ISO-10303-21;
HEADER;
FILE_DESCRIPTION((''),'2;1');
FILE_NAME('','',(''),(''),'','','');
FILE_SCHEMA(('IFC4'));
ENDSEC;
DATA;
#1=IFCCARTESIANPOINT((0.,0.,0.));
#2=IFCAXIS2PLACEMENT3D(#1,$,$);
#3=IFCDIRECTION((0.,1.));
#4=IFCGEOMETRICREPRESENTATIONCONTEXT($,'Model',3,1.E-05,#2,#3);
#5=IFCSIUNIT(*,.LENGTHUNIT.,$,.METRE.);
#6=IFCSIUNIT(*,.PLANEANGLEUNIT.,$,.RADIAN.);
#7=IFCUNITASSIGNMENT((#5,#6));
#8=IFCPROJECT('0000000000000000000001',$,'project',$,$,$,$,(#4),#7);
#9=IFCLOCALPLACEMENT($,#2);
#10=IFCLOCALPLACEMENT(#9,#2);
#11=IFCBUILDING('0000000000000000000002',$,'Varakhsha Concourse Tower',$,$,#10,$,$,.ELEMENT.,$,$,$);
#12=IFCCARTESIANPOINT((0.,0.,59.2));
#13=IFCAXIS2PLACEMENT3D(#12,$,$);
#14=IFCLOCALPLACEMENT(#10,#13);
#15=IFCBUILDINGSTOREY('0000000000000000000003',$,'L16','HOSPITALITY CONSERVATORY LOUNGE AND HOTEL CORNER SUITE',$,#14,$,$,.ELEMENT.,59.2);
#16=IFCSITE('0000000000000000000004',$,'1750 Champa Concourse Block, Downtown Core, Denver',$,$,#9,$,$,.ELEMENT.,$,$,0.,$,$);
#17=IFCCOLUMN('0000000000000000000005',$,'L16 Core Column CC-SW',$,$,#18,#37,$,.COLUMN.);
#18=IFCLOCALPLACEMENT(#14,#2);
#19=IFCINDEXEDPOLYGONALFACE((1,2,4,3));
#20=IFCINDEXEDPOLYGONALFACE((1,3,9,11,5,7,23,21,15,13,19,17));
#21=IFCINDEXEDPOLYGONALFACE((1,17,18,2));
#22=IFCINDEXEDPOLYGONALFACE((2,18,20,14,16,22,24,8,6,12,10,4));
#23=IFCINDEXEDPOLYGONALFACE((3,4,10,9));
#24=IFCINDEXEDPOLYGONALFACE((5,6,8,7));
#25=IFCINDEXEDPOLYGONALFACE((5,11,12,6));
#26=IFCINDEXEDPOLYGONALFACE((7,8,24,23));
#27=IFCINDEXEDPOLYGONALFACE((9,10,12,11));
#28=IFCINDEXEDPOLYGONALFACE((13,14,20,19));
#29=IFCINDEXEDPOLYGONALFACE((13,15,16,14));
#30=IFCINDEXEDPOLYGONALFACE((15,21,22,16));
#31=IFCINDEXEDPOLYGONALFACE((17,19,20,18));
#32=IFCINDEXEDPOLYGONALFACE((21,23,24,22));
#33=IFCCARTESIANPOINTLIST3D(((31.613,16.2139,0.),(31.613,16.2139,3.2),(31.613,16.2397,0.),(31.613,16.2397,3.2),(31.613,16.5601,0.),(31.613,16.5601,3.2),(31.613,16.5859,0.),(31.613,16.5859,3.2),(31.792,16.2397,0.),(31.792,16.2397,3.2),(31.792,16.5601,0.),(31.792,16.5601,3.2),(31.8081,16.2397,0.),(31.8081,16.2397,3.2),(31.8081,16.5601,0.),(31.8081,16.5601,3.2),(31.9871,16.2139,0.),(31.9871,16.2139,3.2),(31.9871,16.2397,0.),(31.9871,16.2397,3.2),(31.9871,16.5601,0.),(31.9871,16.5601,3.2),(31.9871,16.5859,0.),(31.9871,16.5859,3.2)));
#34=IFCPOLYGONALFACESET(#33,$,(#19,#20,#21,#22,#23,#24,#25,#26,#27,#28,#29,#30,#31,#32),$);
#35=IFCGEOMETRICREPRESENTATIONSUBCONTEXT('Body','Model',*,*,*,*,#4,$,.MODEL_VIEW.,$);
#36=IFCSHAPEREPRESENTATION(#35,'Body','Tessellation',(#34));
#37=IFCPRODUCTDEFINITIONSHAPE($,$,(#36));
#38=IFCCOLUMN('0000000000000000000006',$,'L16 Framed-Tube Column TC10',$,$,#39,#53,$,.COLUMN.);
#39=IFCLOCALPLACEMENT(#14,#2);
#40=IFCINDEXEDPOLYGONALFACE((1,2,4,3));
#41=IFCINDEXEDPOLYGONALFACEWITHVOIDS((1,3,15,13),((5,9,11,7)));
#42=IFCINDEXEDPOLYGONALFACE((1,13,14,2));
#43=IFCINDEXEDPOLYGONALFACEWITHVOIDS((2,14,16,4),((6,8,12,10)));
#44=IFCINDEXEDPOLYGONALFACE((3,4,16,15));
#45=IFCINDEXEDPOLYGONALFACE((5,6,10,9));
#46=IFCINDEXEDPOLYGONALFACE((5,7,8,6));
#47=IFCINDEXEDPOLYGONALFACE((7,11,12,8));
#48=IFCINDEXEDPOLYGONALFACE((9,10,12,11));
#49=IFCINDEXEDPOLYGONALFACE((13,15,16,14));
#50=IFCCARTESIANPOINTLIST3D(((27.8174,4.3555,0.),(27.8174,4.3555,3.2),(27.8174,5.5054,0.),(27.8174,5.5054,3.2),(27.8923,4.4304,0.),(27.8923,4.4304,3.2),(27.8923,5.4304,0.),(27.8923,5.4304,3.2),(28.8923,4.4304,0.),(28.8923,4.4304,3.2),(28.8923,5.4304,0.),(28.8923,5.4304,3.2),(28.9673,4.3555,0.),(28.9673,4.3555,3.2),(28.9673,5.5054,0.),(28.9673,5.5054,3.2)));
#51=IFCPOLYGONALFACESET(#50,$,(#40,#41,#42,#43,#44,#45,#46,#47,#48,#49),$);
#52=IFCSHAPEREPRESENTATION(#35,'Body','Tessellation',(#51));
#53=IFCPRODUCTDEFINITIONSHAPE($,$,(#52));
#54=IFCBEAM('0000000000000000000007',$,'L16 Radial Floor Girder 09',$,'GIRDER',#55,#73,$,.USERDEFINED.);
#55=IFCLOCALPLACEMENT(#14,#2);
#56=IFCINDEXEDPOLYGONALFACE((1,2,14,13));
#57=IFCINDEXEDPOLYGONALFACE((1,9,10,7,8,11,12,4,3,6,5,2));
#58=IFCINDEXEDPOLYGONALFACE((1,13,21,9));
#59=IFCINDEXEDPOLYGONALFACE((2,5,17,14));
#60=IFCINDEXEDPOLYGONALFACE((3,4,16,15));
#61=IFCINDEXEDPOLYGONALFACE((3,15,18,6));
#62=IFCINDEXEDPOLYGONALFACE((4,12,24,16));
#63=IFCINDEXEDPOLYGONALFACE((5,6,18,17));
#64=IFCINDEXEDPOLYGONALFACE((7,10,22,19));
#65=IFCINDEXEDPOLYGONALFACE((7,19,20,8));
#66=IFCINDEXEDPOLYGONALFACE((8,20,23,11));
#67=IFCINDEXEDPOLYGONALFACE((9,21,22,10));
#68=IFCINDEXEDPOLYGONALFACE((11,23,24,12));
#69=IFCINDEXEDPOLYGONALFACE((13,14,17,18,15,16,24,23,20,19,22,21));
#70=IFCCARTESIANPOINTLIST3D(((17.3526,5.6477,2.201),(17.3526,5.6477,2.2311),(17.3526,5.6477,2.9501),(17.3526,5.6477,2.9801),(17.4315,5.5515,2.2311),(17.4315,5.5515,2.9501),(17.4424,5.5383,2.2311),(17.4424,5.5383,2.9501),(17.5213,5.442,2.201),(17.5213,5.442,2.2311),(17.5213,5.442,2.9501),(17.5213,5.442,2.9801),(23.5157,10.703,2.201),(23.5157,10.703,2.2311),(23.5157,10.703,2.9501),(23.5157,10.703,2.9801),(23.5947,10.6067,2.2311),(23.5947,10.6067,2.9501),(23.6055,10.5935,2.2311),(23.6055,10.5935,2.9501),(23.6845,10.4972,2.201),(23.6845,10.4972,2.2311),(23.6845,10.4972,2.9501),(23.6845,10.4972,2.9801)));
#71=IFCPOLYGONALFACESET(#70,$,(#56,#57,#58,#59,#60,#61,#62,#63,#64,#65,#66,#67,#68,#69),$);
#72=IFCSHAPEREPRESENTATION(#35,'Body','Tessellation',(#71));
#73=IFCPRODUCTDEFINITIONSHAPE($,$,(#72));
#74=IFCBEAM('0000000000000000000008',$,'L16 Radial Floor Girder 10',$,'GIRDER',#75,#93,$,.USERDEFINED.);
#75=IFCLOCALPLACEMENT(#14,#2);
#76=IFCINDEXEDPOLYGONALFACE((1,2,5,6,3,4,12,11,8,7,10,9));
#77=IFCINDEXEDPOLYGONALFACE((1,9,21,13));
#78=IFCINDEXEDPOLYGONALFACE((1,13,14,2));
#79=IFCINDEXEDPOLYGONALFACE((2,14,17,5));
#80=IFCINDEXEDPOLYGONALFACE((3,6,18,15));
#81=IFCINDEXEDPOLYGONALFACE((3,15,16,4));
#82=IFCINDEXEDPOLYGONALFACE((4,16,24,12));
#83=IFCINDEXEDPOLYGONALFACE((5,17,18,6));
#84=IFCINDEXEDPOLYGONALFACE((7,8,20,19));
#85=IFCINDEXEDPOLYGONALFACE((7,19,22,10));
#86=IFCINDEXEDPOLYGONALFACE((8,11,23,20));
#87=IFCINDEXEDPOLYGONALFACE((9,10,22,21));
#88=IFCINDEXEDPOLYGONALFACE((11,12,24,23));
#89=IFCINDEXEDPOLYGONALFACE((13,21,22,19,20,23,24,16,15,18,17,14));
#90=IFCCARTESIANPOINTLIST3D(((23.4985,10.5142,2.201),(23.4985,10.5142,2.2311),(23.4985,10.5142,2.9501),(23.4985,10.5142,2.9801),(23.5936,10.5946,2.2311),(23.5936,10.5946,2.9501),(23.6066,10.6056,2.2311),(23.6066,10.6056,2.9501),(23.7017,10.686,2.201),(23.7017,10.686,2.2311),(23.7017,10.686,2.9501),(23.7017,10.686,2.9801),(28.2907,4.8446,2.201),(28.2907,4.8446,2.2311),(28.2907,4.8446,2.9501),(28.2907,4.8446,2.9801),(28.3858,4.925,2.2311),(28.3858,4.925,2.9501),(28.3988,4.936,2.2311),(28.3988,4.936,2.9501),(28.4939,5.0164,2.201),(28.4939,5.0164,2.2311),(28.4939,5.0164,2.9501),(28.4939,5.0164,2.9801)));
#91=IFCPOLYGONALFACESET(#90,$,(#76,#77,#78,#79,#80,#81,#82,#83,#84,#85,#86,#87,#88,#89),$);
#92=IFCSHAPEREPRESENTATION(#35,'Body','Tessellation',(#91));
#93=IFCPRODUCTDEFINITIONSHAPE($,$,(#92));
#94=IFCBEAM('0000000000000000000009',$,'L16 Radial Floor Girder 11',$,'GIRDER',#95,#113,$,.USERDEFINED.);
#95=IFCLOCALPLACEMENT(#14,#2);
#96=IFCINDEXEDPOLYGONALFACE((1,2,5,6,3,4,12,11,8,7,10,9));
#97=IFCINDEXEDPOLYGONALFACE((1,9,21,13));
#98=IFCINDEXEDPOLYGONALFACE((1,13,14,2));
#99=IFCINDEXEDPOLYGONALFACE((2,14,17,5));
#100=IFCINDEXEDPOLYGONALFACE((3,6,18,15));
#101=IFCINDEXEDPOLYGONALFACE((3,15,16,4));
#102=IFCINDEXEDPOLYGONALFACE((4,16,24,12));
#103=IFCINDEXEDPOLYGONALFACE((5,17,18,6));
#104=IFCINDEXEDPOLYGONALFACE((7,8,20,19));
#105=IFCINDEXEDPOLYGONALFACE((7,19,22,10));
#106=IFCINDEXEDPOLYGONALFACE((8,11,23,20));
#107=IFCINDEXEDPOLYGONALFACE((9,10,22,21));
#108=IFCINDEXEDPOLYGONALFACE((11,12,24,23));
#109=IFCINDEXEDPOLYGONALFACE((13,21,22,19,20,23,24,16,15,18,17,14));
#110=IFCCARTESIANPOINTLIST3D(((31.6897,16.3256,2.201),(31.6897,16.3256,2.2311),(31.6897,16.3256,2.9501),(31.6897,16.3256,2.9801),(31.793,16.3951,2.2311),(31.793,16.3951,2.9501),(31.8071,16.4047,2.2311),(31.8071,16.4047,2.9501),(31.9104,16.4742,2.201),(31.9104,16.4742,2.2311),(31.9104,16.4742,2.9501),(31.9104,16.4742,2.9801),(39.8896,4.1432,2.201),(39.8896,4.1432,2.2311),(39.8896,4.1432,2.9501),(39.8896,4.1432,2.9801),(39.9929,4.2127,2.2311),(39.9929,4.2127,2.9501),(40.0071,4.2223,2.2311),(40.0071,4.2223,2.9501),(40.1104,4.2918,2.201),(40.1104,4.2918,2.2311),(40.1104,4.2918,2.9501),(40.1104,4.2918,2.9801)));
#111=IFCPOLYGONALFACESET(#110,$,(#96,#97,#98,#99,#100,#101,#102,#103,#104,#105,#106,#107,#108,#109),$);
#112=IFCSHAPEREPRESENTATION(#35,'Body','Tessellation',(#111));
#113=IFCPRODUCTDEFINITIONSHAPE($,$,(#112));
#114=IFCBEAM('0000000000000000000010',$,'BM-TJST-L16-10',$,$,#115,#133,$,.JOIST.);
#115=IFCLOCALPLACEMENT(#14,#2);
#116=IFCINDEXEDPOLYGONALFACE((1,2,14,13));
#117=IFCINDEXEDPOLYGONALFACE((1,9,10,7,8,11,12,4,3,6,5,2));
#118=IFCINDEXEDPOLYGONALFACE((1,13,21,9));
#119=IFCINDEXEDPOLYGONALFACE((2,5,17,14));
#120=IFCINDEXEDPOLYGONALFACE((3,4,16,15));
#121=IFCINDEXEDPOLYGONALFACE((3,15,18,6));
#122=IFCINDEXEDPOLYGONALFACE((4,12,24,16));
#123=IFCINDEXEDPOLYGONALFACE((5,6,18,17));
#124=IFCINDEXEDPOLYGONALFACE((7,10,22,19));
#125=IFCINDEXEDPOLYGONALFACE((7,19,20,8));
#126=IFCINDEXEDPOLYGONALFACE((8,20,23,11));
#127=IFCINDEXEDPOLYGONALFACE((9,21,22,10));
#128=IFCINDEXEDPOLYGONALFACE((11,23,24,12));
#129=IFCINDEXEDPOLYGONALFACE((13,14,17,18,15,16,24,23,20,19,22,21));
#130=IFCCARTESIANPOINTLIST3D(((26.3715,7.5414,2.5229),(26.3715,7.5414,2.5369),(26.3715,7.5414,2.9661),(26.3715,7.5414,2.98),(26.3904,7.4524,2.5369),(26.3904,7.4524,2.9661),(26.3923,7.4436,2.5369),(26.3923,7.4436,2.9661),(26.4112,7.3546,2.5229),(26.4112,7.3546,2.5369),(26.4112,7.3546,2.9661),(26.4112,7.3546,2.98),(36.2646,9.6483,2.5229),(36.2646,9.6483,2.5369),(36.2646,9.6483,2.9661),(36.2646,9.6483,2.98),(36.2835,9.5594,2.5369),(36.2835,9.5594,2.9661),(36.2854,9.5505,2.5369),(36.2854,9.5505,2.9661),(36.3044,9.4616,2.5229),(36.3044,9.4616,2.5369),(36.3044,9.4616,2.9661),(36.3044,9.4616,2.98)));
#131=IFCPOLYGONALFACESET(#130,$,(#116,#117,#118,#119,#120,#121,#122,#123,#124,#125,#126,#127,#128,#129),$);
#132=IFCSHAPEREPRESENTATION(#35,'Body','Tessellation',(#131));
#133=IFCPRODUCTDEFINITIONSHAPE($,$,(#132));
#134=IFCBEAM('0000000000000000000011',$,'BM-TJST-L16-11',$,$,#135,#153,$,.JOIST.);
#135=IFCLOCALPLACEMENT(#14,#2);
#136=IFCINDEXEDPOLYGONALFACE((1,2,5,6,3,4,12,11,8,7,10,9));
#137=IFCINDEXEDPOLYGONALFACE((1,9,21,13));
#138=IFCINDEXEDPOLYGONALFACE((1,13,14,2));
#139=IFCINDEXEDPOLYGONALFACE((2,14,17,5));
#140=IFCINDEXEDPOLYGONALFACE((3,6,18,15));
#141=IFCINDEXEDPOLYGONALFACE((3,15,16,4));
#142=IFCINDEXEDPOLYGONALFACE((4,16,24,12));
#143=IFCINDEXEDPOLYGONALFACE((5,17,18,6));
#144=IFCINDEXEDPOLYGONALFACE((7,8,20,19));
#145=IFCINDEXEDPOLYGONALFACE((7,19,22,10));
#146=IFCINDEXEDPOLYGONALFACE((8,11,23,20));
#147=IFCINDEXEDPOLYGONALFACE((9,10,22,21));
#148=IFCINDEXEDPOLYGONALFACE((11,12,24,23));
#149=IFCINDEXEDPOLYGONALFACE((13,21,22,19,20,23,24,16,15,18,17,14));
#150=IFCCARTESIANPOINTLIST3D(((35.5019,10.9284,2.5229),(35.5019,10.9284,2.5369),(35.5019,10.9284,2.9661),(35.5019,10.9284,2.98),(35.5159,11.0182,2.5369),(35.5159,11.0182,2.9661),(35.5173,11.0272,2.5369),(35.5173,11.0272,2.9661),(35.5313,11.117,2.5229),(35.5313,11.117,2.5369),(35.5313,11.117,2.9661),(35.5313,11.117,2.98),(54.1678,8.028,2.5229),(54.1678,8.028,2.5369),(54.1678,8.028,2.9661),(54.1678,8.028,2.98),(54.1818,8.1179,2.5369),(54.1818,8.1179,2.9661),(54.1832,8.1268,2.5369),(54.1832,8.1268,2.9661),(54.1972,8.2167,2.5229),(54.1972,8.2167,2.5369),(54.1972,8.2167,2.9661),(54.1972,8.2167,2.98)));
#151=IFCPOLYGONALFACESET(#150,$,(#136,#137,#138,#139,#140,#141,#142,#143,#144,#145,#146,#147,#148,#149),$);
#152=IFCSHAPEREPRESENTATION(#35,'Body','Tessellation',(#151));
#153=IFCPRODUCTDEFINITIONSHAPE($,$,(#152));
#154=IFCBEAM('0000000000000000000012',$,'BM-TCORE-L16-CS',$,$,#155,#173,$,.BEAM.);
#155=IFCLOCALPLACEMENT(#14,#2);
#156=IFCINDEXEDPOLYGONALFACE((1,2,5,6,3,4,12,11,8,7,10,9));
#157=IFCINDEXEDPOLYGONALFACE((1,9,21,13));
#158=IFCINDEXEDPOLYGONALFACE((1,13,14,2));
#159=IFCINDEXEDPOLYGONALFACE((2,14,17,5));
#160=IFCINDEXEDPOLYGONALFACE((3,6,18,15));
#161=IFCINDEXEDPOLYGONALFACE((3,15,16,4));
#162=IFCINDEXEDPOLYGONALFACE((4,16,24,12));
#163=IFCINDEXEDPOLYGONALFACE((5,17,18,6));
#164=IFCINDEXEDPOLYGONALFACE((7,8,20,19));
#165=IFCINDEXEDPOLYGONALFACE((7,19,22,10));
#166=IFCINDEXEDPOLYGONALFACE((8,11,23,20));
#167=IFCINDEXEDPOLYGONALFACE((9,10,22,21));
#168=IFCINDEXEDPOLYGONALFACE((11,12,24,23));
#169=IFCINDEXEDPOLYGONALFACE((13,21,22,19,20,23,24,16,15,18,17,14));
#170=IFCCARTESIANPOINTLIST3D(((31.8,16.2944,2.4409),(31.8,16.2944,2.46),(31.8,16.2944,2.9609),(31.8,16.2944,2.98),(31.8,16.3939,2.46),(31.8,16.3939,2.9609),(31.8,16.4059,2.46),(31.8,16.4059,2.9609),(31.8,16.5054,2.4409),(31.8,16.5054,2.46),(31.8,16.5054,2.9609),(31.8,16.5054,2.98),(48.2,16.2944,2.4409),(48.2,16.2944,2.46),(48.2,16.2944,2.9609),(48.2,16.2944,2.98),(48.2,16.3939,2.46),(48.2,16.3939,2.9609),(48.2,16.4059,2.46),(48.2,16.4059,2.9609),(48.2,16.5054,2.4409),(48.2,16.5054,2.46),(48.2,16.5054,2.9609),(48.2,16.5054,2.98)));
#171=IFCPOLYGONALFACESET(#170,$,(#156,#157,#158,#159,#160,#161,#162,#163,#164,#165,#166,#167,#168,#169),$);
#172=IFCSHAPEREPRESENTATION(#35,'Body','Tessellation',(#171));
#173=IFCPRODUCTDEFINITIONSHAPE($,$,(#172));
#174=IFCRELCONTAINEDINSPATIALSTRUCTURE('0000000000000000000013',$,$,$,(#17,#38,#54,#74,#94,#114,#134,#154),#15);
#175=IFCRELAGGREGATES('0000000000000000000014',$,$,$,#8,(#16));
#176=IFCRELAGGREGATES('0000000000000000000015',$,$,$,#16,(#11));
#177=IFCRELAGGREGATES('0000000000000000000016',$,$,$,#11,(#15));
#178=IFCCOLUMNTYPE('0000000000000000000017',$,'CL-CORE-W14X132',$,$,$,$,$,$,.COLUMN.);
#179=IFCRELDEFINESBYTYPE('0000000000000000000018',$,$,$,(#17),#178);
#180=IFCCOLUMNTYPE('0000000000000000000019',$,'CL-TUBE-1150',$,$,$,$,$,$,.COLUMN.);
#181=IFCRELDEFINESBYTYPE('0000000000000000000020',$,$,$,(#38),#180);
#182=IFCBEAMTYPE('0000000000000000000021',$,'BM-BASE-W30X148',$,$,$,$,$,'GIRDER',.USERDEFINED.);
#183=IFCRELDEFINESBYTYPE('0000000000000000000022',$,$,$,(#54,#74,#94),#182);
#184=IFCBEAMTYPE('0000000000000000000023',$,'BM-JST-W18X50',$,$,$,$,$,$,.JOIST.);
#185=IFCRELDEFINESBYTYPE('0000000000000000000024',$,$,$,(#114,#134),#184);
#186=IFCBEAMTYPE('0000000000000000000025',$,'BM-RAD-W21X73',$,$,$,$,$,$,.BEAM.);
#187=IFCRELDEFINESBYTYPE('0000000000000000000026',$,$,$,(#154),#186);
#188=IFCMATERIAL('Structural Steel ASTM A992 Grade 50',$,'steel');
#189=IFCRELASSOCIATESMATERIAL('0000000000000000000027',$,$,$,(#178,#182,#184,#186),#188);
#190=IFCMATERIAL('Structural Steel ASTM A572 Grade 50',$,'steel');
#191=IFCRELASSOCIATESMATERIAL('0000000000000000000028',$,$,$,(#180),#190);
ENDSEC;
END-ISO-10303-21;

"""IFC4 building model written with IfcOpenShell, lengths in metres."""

from ifc_helpers import new_model, si_unit, direction, frame, origin, origin_2d, place, context, subcontext, project, spatial, hollow_rectangle, i_section, extrude, material, material_profile, profile_set, type_object, element, save


model = new_model("IFC4")

# Units and contexts
model_context = context("Model", 3, precision=1e-05, world=origin(), true_north=direction((0.0, 1.0)))
body_context = subcontext(model_context, "Body", "Model", "MODEL_VIEW")
ifc_project = project(units=[si_unit("LENGTHUNIT", "METRE"), si_unit("PLANEANGLEUNIT", "RADIAN")], contexts=[model_context])

# Site, building, storey
site_placement = place(None, origin())
site = spatial("IfcSite", under=ifc_project, at=site_placement, Name="1750 Champa Concourse Block, Downtown Core, Denver", CompositionType="ELEMENT", RefElevation=0.0)
building_placement = place(site_placement, origin())
building = spatial("IfcBuilding", under=site, at=building_placement, Name="Varakhsha Concourse Tower", CompositionType="ELEMENT")
storey_placement = place(building_placement, frame((0.0, 0.0, 59.2)))
storey = spatial("IfcBuildingStorey", under=building, at=storey_placement, Name="L16", Description="HOSPITALITY CONSERVATORY LOUNGE AND HOTEL CORNER SUITE", CompositionType="ELEMENT", Elevation=59.2)

# Columns
ifc_material_1 = material(Name="Structural Steel ASTM A992 Grade 50", Category="steel")
ifc_material_profile_1 = material_profile(ifc_material_1, i_section(OverallWidth=0.374, OverallDepth=0.3721, WebThickness=0.0161, FlangeThickness=0.0259, at=origin_2d()), Name="W14X132")
ifc_profile_set_1 = profile_set([ifc_material_profile_1], Name="Structural Steel ASTM A992 Grade 50")
column_type_1 = type_object("IfcColumnType", Name="CL-CORE-W14X132", PredefinedType="COLUMN", material=ifc_profile_set_1)
column_1_placement = place(storey_placement, frame((31.8, 16.3999, 0.0), z_axis=(0.0, 0.0, 1.0), x_axis=(1.0, 0.0, 0.0)))
element("IfcColumn", 1, at=column_1_placement, inside=storey, type_object=column_type_1, Name="L16 Core Column CC-SW", PredefinedType="COLUMN", context=body_context, shape_type="SweptSolid", body=[
    extrude(i_section(OverallWidth=0.374, OverallDepth=0.3721, WebThickness=0.0161, FlangeThickness=0.0259, at=origin_2d()), origin(), (0.0, 0.0, 1.0), 3.2),
])
ifc_material_2 = material(Name="Structural Steel ASTM A572 Grade 50", Category="steel")
ifc_material_profile_2 = material_profile(ifc_material_2, hollow_rectangle(XDim=1.1499, YDim=1.1499, WallThickness=0.075, at=origin_2d()), Name="BOX 1150x1150x75")
ifc_profile_set_2 = profile_set([ifc_material_profile_2], Name="Structural Steel ASTM A572 Grade 50")
column_type_2 = type_object("IfcColumnType", Name="CL-TUBE-1150", PredefinedType="COLUMN", material=ifc_profile_set_2)
column_2_placement = place(storey_placement, frame((28.3923, 4.9304, 0.0), z_axis=(0.0, 0.0, 1.0), x_axis=(1.0, 0.0, 0.0)))
element("IfcColumn", 2, at=column_2_placement, inside=storey, type_object=column_type_2, Name="L16 Framed-Tube Column TC10", PredefinedType="COLUMN", context=body_context, shape_type="SweptSolid", body=[
    extrude(hollow_rectangle(XDim=1.1499, YDim=1.1499, WallThickness=0.075, at=origin_2d()), origin(), (0.0, 0.0, 1.0), 3.2),
])

# Beams
ifc_material_profile_3 = material_profile(ifc_material_1, i_section(OverallWidth=0.2661, OverallDepth=0.7791, WebThickness=0.0171, FlangeThickness=0.03, at=origin_2d()), Name="W30X148")
ifc_profile_set_3 = profile_set([ifc_material_profile_3], Name="Structural Steel ASTM A992 Grade 50")
beam_type_1 = type_object("IfcBeamType", Name="BM-BASE-W30X148", ElementType="GIRDER", PredefinedType="USERDEFINED", material=ifc_profile_set_3)
beam_1_placement = place(storey_placement, frame((23.6001, 10.6001, 2.5906), z_axis=(-0.773179, -0.634188, 0.0), x_axis=(0.634188, -0.773179, 0.0)))
element("IfcBeam", 3, at=beam_1_placement, inside=storey, type_object=beam_type_1, Name="L16 Radial Floor Girder 09", ObjectType="GIRDER", PredefinedType="USERDEFINED", context=body_context, shape_type="SweptSolid", body=[
    extrude(i_section(OverallWidth=0.2661, OverallDepth=0.7791, WebThickness=0.0171, FlangeThickness=0.03, at=origin_2d()), origin(), (0.0, 0.0, 1.0), 7.9712),
])
beam_2_placement = place(storey_placement, frame((23.6001, 10.6001, 2.5906), z_axis=(0.645535, -0.76373, 0.0), x_axis=(0.76373, 0.645535, 0.0)))
element("IfcBeam", 4, at=beam_2_placement, inside=storey, type_object=beam_type_1, Name="L16 Radial Floor Girder 10", ObjectType="GIRDER", PredefinedType="USERDEFINED", context=body_context, shape_type="SweptSolid", body=[
    extrude(i_section(OverallWidth=0.2661, OverallDepth=0.7791, WebThickness=0.0171, FlangeThickness=0.03, at=origin_2d()), origin(), (0.0, 0.0, 1.0), 7.4236),
])
beam_3_placement = place(storey_placement, frame((31.8, 16.3999, 2.5906), z_axis=(0.558389, -0.829579, 0.0), x_axis=(0.829579, 0.558389, 0.0)))
element("IfcBeam", 5, at=beam_3_placement, inside=storey, type_object=beam_type_1, Name="L16 Radial Floor Girder 11", ObjectType="GIRDER", PredefinedType="USERDEFINED", context=body_context, shape_type="SweptSolid", body=[
    extrude(i_section(OverallWidth=0.2661, OverallDepth=0.7791, WebThickness=0.0171, FlangeThickness=0.03, at=origin_2d()), origin(), (0.0, 0.0, 1.0), 14.6851),
])
ifc_material_profile_4 = material_profile(ifc_material_1, i_section(OverallWidth=0.1909, OverallDepth=0.457, WebThickness=0.009, FlangeThickness=0.0139, at=origin_2d()), Name="W18X50")
ifc_profile_set_4 = profile_set([ifc_material_profile_4], Name="Structural Steel ASTM A992 Grade 50")
beam_type_2 = type_object("IfcBeamType", Name="BM-JST-W18X50", PredefinedType="JOIST", material=ifc_profile_set_4)
beam_4_placement = place(storey_placement, frame((26.3914, 7.448, 2.7515), z_axis=(0.978065, 0.208299, 0.0), x_axis=(-0.208299, 0.978065, 0.0)))
element("IfcBeam", 6, at=beam_4_placement, inside=storey, type_object=beam_type_2, Name="BM-TJST-L16-10", PredefinedType="JOIST", context=body_context, shape_type="SweptSolid", body=[
    extrude(i_section(OverallWidth=0.1909, OverallDepth=0.457, WebThickness=0.009, FlangeThickness=0.0139, at=origin_2d()), origin(), (0.0, 0.0, 1.0), 10.115),
])
beam_5_placement = place(storey_placement, frame((35.5166, 11.0227, 2.7515), z_axis=(0.988142, -0.153541, 0.0), x_axis=(0.153541, 0.988142, 0.0)))
element("IfcBeam", 7, at=beam_5_placement, inside=storey, type_object=beam_type_2, Name="BM-TJST-L16-11", PredefinedType="JOIST", context=body_context, shape_type="SweptSolid", body=[
    extrude(i_section(OverallWidth=0.1909, OverallDepth=0.457, WebThickness=0.009, FlangeThickness=0.0139, at=origin_2d()), origin(), (0.0, 0.0, 1.0), 18.8899),
])
ifc_material_profile_5 = material_profile(ifc_material_1, i_section(OverallWidth=0.2109, OverallDepth=0.5391, WebThickness=0.012, FlangeThickness=0.019, at=origin_2d()), Name="W21X73")
ifc_profile_set_5 = profile_set([ifc_material_profile_5], Name="Structural Steel ASTM A992 Grade 50")
beam_type_3 = type_object("IfcBeamType", Name="BM-RAD-W21X73", PredefinedType="BEAM", material=ifc_profile_set_5)
beam_6_placement = place(storey_placement, frame((31.8, 16.3999, 2.7104), z_axis=(1.0, 0.0, 0.0), x_axis=(0.0, 1.0, 0.0)))
element("IfcBeam", 8, at=beam_6_placement, inside=storey, type_object=beam_type_3, Name="BM-TCORE-L16-CS", PredefinedType="BEAM", context=body_context, shape_type="SweptSolid", body=[
    extrude(i_section(OverallWidth=0.2109, OverallDepth=0.5391, WebThickness=0.012, FlangeThickness=0.019, at=origin_2d()), origin(), (0.0, 0.0, 1.0), 16.3999),
])

save(model, "model.ifc")
